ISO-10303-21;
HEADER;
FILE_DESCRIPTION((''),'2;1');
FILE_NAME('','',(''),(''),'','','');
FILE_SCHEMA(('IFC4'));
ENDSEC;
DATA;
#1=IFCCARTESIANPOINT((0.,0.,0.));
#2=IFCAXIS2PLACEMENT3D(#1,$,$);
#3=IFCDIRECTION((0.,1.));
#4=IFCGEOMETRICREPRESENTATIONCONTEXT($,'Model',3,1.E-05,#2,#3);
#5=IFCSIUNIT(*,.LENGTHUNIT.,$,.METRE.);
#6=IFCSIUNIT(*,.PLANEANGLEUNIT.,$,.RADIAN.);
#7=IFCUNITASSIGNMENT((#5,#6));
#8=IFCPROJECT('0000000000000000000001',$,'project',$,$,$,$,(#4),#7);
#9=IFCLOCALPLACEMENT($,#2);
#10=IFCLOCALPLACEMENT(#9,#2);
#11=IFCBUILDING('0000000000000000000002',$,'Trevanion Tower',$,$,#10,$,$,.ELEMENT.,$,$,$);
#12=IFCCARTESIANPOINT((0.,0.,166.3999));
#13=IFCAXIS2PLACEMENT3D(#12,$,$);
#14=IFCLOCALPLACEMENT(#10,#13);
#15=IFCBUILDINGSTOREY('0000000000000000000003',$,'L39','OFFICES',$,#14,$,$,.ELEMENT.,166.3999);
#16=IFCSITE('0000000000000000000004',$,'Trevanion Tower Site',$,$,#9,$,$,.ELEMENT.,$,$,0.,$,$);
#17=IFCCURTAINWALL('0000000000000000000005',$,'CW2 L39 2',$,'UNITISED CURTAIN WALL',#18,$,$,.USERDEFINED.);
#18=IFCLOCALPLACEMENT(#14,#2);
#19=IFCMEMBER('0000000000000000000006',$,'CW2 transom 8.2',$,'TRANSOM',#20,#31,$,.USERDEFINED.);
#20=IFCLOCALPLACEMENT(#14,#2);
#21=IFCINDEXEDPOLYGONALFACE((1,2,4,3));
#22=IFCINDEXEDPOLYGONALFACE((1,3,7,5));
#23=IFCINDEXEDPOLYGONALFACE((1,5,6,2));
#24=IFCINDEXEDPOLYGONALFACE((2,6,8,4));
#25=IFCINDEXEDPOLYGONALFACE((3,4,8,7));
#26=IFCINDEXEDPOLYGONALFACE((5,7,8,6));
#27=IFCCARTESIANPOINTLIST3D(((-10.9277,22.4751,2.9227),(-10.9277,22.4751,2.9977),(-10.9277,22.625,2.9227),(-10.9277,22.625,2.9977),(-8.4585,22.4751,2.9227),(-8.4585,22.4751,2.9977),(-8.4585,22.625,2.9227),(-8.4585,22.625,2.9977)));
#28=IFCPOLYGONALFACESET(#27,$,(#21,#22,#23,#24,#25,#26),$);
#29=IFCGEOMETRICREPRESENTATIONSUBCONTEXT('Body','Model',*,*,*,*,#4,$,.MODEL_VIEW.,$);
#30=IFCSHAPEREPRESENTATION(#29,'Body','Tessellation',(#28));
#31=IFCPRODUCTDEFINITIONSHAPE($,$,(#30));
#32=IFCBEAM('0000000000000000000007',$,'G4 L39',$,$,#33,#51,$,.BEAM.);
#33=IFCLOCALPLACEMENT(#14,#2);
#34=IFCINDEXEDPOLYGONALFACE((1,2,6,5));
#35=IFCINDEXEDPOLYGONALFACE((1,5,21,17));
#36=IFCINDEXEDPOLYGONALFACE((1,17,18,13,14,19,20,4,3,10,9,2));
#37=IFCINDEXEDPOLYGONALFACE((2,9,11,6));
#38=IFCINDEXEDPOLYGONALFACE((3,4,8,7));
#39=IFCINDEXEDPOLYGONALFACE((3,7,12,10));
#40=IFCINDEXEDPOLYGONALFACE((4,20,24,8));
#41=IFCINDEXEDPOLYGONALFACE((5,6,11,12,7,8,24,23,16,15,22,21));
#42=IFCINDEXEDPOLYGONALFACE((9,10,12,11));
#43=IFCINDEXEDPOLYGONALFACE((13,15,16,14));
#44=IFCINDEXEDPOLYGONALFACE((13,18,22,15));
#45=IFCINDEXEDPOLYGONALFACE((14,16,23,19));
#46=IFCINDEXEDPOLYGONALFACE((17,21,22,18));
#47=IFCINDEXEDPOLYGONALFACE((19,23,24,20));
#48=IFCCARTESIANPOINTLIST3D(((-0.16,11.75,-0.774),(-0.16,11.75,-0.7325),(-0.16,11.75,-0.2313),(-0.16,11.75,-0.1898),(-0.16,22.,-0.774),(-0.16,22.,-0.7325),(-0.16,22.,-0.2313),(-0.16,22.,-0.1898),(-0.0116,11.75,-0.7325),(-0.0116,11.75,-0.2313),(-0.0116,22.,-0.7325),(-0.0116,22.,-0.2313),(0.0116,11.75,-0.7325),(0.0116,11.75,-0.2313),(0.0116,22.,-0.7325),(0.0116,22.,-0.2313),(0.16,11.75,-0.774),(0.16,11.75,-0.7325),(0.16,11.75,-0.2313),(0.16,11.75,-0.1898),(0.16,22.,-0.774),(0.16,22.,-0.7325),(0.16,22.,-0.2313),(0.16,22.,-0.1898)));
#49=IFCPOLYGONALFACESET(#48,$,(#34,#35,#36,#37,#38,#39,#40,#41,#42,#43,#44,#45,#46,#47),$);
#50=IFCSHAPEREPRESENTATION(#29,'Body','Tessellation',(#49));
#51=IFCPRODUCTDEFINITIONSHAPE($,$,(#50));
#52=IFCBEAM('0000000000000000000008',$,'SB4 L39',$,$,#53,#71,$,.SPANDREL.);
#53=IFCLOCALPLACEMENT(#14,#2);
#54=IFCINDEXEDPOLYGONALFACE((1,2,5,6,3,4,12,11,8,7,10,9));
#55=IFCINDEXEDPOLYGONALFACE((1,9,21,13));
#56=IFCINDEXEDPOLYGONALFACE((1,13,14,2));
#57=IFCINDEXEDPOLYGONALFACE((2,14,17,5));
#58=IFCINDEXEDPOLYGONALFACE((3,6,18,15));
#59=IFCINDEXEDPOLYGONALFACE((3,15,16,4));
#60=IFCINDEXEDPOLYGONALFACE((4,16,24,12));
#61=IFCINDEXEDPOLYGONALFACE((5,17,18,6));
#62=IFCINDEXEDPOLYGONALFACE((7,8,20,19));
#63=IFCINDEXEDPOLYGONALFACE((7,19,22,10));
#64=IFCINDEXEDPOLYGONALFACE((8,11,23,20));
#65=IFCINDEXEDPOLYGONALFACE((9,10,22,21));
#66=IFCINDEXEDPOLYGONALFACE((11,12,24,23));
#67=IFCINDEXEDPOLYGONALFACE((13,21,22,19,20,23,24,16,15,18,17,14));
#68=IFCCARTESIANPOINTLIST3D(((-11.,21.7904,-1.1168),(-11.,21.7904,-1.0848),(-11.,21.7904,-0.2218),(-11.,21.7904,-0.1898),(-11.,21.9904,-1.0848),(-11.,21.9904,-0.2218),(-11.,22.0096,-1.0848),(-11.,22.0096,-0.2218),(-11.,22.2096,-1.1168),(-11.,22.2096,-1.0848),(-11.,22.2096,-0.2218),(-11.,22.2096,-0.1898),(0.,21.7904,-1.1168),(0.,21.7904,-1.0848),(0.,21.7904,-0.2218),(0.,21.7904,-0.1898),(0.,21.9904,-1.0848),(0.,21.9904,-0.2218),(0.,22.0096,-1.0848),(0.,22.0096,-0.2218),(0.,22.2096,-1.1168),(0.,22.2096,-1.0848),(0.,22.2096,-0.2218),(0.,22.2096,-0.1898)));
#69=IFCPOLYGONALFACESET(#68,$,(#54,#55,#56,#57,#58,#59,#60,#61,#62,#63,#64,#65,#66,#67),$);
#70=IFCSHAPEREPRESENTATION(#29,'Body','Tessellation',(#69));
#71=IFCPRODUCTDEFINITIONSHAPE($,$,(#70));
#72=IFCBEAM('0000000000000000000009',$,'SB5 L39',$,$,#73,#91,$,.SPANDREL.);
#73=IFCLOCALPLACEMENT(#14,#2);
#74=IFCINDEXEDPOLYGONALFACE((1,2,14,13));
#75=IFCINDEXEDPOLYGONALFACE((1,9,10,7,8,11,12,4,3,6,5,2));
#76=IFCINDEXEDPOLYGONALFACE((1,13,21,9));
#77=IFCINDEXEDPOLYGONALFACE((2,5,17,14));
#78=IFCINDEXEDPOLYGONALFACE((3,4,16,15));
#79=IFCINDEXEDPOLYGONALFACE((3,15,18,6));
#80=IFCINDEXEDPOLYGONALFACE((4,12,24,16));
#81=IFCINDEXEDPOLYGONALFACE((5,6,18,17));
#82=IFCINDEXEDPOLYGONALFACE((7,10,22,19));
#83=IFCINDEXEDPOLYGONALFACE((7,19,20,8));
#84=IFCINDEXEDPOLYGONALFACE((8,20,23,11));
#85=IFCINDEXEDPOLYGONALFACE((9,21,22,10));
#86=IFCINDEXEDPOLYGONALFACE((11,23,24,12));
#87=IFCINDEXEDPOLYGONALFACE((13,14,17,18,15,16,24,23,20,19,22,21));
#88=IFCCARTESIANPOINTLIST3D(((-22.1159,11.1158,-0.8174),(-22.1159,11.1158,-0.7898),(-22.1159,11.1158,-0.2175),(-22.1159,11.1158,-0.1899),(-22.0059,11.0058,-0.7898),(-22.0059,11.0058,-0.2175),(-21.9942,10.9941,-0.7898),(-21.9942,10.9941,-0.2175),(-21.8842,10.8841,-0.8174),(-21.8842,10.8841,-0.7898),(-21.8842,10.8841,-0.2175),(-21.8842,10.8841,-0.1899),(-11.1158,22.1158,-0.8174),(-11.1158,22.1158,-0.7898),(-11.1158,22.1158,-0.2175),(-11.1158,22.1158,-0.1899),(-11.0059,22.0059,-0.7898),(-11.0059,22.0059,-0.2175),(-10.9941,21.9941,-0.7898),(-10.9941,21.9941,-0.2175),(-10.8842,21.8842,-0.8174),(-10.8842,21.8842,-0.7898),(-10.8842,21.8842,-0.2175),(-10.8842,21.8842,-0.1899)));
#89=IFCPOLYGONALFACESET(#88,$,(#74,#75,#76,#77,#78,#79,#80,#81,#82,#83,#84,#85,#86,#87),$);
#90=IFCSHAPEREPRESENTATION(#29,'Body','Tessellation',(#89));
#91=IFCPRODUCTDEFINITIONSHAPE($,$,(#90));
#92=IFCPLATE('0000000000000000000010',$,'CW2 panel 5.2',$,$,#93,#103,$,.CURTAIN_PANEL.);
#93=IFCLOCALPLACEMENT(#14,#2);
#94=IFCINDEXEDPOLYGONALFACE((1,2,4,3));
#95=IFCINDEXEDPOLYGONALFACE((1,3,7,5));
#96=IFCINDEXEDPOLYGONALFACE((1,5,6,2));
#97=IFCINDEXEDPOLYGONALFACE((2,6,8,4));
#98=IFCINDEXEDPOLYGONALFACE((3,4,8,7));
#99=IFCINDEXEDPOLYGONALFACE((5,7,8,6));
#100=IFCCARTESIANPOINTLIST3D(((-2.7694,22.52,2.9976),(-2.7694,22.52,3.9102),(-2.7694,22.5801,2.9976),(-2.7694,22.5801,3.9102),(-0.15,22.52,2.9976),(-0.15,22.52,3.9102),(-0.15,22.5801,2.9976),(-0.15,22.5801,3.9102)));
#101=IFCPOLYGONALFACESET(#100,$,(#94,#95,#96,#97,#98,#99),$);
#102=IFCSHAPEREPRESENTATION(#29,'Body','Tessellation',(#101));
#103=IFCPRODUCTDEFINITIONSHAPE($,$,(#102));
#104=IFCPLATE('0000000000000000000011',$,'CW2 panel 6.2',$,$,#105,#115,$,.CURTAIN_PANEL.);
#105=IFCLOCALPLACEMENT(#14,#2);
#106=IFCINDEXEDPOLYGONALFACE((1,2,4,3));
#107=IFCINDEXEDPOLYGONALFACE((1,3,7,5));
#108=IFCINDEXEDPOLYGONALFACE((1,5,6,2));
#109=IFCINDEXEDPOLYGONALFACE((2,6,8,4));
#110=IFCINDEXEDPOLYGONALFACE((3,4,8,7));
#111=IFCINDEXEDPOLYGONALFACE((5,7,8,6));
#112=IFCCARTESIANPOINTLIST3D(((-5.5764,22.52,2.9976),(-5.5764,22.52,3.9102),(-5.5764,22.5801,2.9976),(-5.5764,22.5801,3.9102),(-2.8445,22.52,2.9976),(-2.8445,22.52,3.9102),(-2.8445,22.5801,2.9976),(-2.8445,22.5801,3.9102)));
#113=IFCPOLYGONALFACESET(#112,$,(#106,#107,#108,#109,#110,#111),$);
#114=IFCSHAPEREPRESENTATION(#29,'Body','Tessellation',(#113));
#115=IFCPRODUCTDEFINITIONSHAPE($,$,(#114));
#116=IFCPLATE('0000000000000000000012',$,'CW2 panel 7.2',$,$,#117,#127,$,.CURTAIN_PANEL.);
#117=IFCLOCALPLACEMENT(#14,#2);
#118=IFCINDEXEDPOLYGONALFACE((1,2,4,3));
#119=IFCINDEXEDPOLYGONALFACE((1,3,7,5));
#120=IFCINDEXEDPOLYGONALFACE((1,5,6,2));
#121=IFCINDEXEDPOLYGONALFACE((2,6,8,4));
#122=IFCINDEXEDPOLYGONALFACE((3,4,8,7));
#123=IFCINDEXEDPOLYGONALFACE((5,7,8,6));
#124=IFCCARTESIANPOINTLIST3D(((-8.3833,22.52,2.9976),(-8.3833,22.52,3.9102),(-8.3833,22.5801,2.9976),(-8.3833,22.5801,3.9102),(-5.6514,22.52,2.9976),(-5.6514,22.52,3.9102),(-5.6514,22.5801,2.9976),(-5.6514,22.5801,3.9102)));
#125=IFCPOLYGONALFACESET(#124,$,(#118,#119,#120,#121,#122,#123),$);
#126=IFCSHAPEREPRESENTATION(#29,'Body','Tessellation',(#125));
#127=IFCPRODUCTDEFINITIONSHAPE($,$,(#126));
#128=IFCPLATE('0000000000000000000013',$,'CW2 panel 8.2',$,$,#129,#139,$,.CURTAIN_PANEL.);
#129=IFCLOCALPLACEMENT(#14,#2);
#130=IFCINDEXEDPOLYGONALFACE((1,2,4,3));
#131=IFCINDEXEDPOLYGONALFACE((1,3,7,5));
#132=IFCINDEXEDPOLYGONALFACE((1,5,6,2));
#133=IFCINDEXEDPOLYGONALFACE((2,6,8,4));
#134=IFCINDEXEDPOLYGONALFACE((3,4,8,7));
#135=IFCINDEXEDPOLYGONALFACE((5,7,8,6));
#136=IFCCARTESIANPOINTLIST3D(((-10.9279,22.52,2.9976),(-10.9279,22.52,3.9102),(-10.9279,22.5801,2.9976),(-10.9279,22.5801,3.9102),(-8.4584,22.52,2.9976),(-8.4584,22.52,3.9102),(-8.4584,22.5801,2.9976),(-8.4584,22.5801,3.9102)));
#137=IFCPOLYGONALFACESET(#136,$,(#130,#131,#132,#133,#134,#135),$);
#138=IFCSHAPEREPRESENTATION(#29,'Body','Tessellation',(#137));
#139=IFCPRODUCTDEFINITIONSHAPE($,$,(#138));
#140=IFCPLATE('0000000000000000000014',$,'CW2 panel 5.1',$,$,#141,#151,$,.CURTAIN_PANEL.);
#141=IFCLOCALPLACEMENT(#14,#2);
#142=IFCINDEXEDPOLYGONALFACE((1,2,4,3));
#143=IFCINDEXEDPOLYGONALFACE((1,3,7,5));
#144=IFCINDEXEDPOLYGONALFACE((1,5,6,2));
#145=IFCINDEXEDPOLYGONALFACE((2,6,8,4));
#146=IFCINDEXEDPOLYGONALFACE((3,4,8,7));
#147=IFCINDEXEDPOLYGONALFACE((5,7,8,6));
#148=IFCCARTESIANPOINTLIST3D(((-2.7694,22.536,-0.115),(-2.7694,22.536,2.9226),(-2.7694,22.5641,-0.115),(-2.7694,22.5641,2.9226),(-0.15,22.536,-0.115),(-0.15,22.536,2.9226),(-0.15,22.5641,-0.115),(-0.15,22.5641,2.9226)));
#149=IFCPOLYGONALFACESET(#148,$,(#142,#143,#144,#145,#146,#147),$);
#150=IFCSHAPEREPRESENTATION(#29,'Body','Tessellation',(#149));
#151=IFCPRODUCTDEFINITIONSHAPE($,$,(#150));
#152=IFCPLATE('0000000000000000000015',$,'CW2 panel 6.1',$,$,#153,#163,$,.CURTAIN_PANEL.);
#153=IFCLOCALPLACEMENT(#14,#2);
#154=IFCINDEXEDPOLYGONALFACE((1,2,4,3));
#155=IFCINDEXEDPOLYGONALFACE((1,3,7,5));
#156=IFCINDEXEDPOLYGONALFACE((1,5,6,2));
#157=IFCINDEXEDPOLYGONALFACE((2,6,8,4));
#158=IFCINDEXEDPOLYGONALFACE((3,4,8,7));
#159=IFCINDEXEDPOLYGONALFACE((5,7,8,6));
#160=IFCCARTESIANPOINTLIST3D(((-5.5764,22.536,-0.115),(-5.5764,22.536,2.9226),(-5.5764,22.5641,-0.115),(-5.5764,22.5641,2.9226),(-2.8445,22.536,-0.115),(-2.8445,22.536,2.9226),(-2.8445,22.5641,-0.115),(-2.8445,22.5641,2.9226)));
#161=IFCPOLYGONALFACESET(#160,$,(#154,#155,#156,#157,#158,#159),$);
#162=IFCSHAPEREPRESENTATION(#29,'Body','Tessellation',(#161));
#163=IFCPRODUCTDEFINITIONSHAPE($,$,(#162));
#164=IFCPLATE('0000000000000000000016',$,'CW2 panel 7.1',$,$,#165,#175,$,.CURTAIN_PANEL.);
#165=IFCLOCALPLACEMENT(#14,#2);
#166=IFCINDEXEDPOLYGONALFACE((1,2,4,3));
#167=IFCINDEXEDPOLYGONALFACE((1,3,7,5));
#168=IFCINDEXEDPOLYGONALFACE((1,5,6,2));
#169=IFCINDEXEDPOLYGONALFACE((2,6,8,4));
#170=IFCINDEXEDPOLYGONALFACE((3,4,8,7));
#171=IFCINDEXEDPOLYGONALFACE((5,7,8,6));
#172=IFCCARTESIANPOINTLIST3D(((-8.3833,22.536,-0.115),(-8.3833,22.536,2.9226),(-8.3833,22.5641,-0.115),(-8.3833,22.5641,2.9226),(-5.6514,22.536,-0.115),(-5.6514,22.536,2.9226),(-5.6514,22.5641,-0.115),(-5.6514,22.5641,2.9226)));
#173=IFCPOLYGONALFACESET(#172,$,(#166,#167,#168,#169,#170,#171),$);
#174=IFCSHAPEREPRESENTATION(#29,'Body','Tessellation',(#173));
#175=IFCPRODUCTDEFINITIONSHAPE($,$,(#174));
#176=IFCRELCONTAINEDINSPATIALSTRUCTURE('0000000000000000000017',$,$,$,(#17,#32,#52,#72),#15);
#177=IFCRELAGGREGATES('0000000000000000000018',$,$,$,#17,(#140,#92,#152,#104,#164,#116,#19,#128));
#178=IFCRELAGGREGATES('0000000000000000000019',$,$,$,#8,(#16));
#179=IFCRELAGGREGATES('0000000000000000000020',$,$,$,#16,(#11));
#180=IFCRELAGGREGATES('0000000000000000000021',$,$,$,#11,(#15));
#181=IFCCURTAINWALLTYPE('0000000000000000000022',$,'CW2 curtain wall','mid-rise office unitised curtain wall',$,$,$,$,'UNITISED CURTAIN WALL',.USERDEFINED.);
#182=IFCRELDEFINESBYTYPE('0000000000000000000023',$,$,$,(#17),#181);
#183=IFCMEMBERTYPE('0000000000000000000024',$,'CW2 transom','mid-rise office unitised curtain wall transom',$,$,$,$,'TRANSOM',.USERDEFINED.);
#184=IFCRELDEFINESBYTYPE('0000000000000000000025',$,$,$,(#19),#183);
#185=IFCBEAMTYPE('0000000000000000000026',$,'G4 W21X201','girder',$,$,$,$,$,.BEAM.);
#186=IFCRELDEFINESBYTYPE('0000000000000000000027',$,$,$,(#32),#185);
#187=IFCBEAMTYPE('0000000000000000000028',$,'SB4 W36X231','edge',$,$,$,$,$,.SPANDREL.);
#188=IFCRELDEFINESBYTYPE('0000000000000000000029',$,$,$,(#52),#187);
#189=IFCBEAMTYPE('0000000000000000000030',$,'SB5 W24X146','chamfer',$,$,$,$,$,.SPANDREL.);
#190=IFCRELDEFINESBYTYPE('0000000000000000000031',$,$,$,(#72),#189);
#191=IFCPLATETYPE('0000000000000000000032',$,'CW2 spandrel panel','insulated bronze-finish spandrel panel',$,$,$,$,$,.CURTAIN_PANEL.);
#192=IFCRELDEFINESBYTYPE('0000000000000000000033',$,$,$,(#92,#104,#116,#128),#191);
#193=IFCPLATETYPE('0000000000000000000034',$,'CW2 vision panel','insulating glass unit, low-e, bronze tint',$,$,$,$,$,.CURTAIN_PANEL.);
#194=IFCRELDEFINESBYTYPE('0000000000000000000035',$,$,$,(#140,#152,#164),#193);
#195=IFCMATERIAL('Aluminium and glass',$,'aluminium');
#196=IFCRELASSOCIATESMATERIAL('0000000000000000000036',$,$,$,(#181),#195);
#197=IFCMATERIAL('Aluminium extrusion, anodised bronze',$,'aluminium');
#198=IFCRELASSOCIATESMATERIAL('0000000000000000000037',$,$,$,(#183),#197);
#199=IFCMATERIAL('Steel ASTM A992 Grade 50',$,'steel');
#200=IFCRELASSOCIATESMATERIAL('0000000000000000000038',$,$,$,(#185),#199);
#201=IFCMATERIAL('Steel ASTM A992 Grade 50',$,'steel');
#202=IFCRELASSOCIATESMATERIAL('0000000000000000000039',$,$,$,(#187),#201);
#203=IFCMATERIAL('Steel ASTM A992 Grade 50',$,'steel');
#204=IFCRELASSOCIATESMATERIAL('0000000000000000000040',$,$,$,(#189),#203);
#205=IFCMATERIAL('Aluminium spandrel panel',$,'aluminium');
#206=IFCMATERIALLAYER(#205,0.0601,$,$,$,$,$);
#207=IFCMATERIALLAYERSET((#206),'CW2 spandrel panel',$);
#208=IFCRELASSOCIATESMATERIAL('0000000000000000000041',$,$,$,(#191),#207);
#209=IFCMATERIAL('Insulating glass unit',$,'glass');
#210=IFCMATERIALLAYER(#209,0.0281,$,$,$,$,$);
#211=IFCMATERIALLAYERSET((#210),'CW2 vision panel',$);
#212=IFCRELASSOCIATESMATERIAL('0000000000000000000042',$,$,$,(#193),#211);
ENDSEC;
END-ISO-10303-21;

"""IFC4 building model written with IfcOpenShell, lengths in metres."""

from ifc_helpers import new_model, si_unit, direction, frame, origin, origin_2d, place, context, subcontext, project, spatial, rectangle, i_section, extrude, material, layer, layer_set, material_profile, profile_set, type_object, element, aggregate, save


model = new_model("IFC4")

# Units and contexts
model_context = context("Model", 3, precision=1e-05, world=origin(), true_north=direction((0.0, 1.0)))
body_context = subcontext(model_context, "Body", "Model", "MODEL_VIEW")
ifc_project = project(units=[si_unit("LENGTHUNIT", "METRE"), si_unit("PLANEANGLEUNIT", "RADIAN")], contexts=[model_context])

# Site, building, storey
site_placement = place(None, origin())
site = spatial("IfcSite", under=ifc_project, at=site_placement, Name="Trevanion Tower Site", CompositionType="ELEMENT", RefElevation=0.0)
building_placement = place(site_placement, origin())
building = spatial("IfcBuilding", under=site, at=building_placement, Name="Trevanion Tower", CompositionType="ELEMENT")
storey_placement = place(building_placement, frame((0.0, 0.0, 166.3999)))
storey = spatial("IfcBuildingStorey", under=building, at=storey_placement, Name="L39", Description="OFFICES", CompositionType="ELEMENT", Elevation=166.3999)

# Curtain wall, member
ifc_material_1 = material(Name="Aluminium and glass", Category="aluminium")
curtain_wall_type = type_object("IfcCurtainWallType", Name="CW2 curtain wall", Description="mid-rise office unitised curtain wall", ElementType="UNITISED CURTAIN WALL", PredefinedType="USERDEFINED", material=ifc_material_1)
curtain_wall_placement = place(storey_placement, origin())
curtain_wall = element("IfcCurtainWall", 1, at=curtain_wall_placement, inside=storey, type_object=curtain_wall_type, Name="CW2 L39 2", ObjectType="UNITISED CURTAIN WALL", PredefinedType="USERDEFINED")
ifc_material_2 = material(Name="Aluminium extrusion, anodised bronze", Category="aluminium")
ifc_material_profile_1 = material_profile(ifc_material_2, rectangle(XDim=0.1499, YDim=0.075, at=origin_2d()), Name="CW2 transom")
ifc_profile_set_1 = profile_set([ifc_material_profile_1], Name="Aluminium extrusion, anodised bronze")
member_type_1 = type_object("IfcMemberType", Name="CW2 transom", Description="mid-rise office unitised curtain wall transom", ElementType="TRANSOM", PredefinedType="USERDEFINED", material=ifc_profile_set_1)
member_1_placement = place(storey_placement, frame((-8.4585, 22.55, 2.9602), z_axis=(-1.0, 0.0, 0.0), x_axis=(0.0, -1.0, 0.0)))
member_1 = element("IfcMember", 2, at=member_1_placement, type_object=member_type_1, Name="CW2 transom 8.2", ObjectType="TRANSOM", PredefinedType="USERDEFINED", context=body_context, shape_type="SweptSolid", body=[
    extrude(rectangle(XDim=0.1499, YDim=0.075, at=origin_2d()), origin(), (0.0, 0.0, 1.0), 2.4692),
])

# Beams
ifc_material_3 = material(Name="Steel ASTM A992 Grade 50", Category="steel")
ifc_material_profile_2 = material_profile(ifc_material_3, i_section(OverallWidth=0.3201, OverallDepth=0.5842, WebThickness=0.0232, FlangeThickness=0.0415, at=origin_2d()), Name="W21X201")
ifc_profile_set_2 = profile_set([ifc_material_profile_2], Name="Steel ASTM A992 Grade 50")
beam_type_1 = type_object("IfcBeamType", Name="G4 W21X201", Description="girder", PredefinedType="BEAM", material=ifc_profile_set_2)
beam_1_placement = place(storey_placement, frame((0.0, 11.75, -0.4819), z_axis=(0.0, 1.0, 0.0), x_axis=(-1.0, 0.0, 0.0)))
element("IfcBeam", 3, at=beam_1_placement, inside=storey, type_object=beam_type_1, Name="G4 L39", PredefinedType="BEAM", context=body_context, shape_type="SweptSolid", body=[
    extrude(i_section(OverallWidth=0.3201, OverallDepth=0.5842, WebThickness=0.0232, FlangeThickness=0.0415, at=origin_2d()), origin(), (0.0, 0.0, 1.0), 10.25),
])
ifc_material_4 = material(Name="Steel ASTM A992 Grade 50", Category="steel")
ifc_material_profile_3 = material_profile(ifc_material_4, i_section(OverallWidth=0.4192, OverallDepth=0.927, WebThickness=0.0193, FlangeThickness=0.032, at=origin_2d()), Name="W36X231")
ifc_profile_set_3 = profile_set([ifc_material_profile_3], Name="Steel ASTM A992 Grade 50")
beam_type_2 = type_object("IfcBeamType", Name="SB4 W36X231", Description="edge", PredefinedType="SPANDREL", material=ifc_profile_set_3)
beam_2_placement = place(storey_placement, frame((0.0, 22.0, -0.6533), z_axis=(-1.0, 0.0, 0.0), x_axis=(0.0, -1.0, 0.0)))
element("IfcBeam", 4, at=beam_2_placement, inside=storey, type_object=beam_type_2, Name="SB4 L39", PredefinedType="SPANDREL", context=body_context, shape_type="SweptSolid", body=[
    extrude(i_section(OverallWidth=0.4192, OverallDepth=0.927, WebThickness=0.0193, FlangeThickness=0.032, at=origin_2d()), origin(), (0.0, 0.0, 1.0), 11.0),
])
ifc_material_5 = material(Name="Steel ASTM A992 Grade 50", Category="steel")
ifc_material_profile_4 = material_profile(ifc_material_5, i_section(OverallWidth=0.3276, OverallDepth=0.6274, WebThickness=0.0166, FlangeThickness=0.0276, at=origin_2d()), Name="W24X146")
ifc_profile_set_4 = profile_set([ifc_material_profile_4], Name="Steel ASTM A992 Grade 50")
beam_type_3 = type_object("IfcBeamType", Name="SB5 W24X146", Description="chamfer", PredefinedType="SPANDREL", material=ifc_profile_set_4)
beam_3_placement = place(storey_placement, frame((-11.0, 22.0, -0.5037), z_axis=(-0.707107, -0.707107, 0.0), x_axis=(0.707107, -0.707107, 0.0)))
element("IfcBeam", 5, at=beam_3_placement, inside=storey, type_object=beam_type_3, Name="SB5 L39", PredefinedType="SPANDREL", context=body_context, shape_type="SweptSolid", body=[
    extrude(i_section(OverallWidth=0.3276, OverallDepth=0.6274, WebThickness=0.0166, FlangeThickness=0.0276, at=origin_2d()), origin(), (0.0, 0.0, 1.0), 15.5564),
])

# Plates
ifc_material_6 = material(Name="Aluminium spandrel panel", Category="aluminium")
ifc_layer_1 = layer(ifc_material_6, 0.0601)
ifc_layer_set_1 = layer_set([ifc_layer_1], Name="CW2 spandrel panel")
plate_type_1 = type_object("IfcPlateType", Name="CW2 spandrel panel", Description="insulated bronze-finish spandrel panel", PredefinedType="CURTAIN_PANEL", material=ifc_layer_set_1)
plate_1_placement = place(storey_placement, frame((-1.4597, 22.55, 2.9976), z_axis=(0.0, 0.0, 1.0), x_axis=(-1.0, 0.0, 0.0)))
plate_1 = element("IfcPlate", 6, at=plate_1_placement, type_object=plate_type_1, Name="CW2 panel 5.2", PredefinedType="CURTAIN_PANEL", context=body_context, shape_type="SweptSolid", body=[
    extrude(rectangle(XDim=2.6194, YDim=0.0601, at=origin_2d()), origin(), (0.0, 0.0, 1.0), 0.9126),
])
plate_2_placement = place(storey_placement, frame((-4.2104, 22.55, 2.9976), z_axis=(0.0, 0.0, 1.0), x_axis=(-1.0, 0.0, 0.0)))
plate_2 = element("IfcPlate", 7, at=plate_2_placement, type_object=plate_type_1, Name="CW2 panel 6.2", PredefinedType="CURTAIN_PANEL", context=body_context, shape_type="SweptSolid", body=[
    extrude(rectangle(XDim=2.7319, YDim=0.0601, at=origin_2d()), origin(), (0.0, 0.0, 1.0), 0.9126),
])
plate_3_placement = place(storey_placement, frame((-7.0173, 22.55, 2.9976), z_axis=(0.0, 0.0, 1.0), x_axis=(-1.0, 0.0, 0.0)))
plate_3 = element("IfcPlate", 8, at=plate_3_placement, type_object=plate_type_1, Name="CW2 panel 7.2", PredefinedType="CURTAIN_PANEL", context=body_context, shape_type="SweptSolid", body=[
    extrude(rectangle(XDim=2.7319, YDim=0.0601, at=origin_2d()), origin(), (0.0, 0.0, 1.0), 0.9126),
])
plate_4_placement = place(storey_placement, frame((-9.6931, 22.55, 2.9976), z_axis=(0.0, 0.0, 1.0), x_axis=(-1.0, 0.0, 0.0)))
plate_4 = element("IfcPlate", 9, at=plate_4_placement, type_object=plate_type_1, Name="CW2 panel 8.2", PredefinedType="CURTAIN_PANEL", context=body_context, shape_type="SweptSolid", body=[
    extrude(rectangle(XDim=2.4695, YDim=0.0601, at=origin_2d()), origin(), (0.0, 0.0, 1.0), 0.9126),
])
ifc_material_7 = material(Name="Insulating glass unit", Category="glass")
ifc_layer_2 = layer(ifc_material_7, 0.0281)
ifc_layer_set_2 = layer_set([ifc_layer_2], Name="CW2 vision panel")
plate_type_2 = type_object("IfcPlateType", Name="CW2 vision panel", Description="insulating glass unit, low-e, bronze tint", PredefinedType="CURTAIN_PANEL", material=ifc_layer_set_2)
plate_5_placement = place(storey_placement, frame((-1.4597, 22.55, -0.115), z_axis=(0.0, 0.0, 1.0), x_axis=(-1.0, 0.0, 0.0)))
plate_5 = element("IfcPlate", 10, at=plate_5_placement, type_object=plate_type_2, Name="CW2 panel 5.1", PredefinedType="CURTAIN_PANEL", context=body_context, shape_type="SweptSolid", body=[
    extrude(rectangle(XDim=2.6194, YDim=0.0281, at=origin_2d()), origin(), (0.0, 0.0, 1.0), 3.0376),
])
plate_6_placement = place(storey_placement, frame((-4.2104, 22.55, -0.115), z_axis=(0.0, 0.0, 1.0), x_axis=(-1.0, 0.0, 0.0)))
plate_6 = element("IfcPlate", 11, at=plate_6_placement, type_object=plate_type_2, Name="CW2 panel 6.1", PredefinedType="CURTAIN_PANEL", context=body_context, shape_type="SweptSolid", body=[
    extrude(rectangle(XDim=2.7319, YDim=0.0281, at=origin_2d()), origin(), (0.0, 0.0, 1.0), 3.0376),
])
plate_7_placement = place(storey_placement, frame((-7.0173, 22.55, -0.115), z_axis=(0.0, 0.0, 1.0), x_axis=(-1.0, 0.0, 0.0)))
plate_7 = element("IfcPlate", 12, at=plate_7_placement, type_object=plate_type_2, Name="CW2 panel 7.1", PredefinedType="CURTAIN_PANEL", context=body_context, shape_type="SweptSolid", body=[
    extrude(rectangle(XDim=2.7319, YDim=0.0281, at=origin_2d()), origin(), (0.0, 0.0, 1.0), 3.0376),
])
aggregate(curtain_wall, [plate_5, plate_1, plate_6, plate_2, plate_7, plate_3, member_1, plate_4])

save(model, "model.ifc")
